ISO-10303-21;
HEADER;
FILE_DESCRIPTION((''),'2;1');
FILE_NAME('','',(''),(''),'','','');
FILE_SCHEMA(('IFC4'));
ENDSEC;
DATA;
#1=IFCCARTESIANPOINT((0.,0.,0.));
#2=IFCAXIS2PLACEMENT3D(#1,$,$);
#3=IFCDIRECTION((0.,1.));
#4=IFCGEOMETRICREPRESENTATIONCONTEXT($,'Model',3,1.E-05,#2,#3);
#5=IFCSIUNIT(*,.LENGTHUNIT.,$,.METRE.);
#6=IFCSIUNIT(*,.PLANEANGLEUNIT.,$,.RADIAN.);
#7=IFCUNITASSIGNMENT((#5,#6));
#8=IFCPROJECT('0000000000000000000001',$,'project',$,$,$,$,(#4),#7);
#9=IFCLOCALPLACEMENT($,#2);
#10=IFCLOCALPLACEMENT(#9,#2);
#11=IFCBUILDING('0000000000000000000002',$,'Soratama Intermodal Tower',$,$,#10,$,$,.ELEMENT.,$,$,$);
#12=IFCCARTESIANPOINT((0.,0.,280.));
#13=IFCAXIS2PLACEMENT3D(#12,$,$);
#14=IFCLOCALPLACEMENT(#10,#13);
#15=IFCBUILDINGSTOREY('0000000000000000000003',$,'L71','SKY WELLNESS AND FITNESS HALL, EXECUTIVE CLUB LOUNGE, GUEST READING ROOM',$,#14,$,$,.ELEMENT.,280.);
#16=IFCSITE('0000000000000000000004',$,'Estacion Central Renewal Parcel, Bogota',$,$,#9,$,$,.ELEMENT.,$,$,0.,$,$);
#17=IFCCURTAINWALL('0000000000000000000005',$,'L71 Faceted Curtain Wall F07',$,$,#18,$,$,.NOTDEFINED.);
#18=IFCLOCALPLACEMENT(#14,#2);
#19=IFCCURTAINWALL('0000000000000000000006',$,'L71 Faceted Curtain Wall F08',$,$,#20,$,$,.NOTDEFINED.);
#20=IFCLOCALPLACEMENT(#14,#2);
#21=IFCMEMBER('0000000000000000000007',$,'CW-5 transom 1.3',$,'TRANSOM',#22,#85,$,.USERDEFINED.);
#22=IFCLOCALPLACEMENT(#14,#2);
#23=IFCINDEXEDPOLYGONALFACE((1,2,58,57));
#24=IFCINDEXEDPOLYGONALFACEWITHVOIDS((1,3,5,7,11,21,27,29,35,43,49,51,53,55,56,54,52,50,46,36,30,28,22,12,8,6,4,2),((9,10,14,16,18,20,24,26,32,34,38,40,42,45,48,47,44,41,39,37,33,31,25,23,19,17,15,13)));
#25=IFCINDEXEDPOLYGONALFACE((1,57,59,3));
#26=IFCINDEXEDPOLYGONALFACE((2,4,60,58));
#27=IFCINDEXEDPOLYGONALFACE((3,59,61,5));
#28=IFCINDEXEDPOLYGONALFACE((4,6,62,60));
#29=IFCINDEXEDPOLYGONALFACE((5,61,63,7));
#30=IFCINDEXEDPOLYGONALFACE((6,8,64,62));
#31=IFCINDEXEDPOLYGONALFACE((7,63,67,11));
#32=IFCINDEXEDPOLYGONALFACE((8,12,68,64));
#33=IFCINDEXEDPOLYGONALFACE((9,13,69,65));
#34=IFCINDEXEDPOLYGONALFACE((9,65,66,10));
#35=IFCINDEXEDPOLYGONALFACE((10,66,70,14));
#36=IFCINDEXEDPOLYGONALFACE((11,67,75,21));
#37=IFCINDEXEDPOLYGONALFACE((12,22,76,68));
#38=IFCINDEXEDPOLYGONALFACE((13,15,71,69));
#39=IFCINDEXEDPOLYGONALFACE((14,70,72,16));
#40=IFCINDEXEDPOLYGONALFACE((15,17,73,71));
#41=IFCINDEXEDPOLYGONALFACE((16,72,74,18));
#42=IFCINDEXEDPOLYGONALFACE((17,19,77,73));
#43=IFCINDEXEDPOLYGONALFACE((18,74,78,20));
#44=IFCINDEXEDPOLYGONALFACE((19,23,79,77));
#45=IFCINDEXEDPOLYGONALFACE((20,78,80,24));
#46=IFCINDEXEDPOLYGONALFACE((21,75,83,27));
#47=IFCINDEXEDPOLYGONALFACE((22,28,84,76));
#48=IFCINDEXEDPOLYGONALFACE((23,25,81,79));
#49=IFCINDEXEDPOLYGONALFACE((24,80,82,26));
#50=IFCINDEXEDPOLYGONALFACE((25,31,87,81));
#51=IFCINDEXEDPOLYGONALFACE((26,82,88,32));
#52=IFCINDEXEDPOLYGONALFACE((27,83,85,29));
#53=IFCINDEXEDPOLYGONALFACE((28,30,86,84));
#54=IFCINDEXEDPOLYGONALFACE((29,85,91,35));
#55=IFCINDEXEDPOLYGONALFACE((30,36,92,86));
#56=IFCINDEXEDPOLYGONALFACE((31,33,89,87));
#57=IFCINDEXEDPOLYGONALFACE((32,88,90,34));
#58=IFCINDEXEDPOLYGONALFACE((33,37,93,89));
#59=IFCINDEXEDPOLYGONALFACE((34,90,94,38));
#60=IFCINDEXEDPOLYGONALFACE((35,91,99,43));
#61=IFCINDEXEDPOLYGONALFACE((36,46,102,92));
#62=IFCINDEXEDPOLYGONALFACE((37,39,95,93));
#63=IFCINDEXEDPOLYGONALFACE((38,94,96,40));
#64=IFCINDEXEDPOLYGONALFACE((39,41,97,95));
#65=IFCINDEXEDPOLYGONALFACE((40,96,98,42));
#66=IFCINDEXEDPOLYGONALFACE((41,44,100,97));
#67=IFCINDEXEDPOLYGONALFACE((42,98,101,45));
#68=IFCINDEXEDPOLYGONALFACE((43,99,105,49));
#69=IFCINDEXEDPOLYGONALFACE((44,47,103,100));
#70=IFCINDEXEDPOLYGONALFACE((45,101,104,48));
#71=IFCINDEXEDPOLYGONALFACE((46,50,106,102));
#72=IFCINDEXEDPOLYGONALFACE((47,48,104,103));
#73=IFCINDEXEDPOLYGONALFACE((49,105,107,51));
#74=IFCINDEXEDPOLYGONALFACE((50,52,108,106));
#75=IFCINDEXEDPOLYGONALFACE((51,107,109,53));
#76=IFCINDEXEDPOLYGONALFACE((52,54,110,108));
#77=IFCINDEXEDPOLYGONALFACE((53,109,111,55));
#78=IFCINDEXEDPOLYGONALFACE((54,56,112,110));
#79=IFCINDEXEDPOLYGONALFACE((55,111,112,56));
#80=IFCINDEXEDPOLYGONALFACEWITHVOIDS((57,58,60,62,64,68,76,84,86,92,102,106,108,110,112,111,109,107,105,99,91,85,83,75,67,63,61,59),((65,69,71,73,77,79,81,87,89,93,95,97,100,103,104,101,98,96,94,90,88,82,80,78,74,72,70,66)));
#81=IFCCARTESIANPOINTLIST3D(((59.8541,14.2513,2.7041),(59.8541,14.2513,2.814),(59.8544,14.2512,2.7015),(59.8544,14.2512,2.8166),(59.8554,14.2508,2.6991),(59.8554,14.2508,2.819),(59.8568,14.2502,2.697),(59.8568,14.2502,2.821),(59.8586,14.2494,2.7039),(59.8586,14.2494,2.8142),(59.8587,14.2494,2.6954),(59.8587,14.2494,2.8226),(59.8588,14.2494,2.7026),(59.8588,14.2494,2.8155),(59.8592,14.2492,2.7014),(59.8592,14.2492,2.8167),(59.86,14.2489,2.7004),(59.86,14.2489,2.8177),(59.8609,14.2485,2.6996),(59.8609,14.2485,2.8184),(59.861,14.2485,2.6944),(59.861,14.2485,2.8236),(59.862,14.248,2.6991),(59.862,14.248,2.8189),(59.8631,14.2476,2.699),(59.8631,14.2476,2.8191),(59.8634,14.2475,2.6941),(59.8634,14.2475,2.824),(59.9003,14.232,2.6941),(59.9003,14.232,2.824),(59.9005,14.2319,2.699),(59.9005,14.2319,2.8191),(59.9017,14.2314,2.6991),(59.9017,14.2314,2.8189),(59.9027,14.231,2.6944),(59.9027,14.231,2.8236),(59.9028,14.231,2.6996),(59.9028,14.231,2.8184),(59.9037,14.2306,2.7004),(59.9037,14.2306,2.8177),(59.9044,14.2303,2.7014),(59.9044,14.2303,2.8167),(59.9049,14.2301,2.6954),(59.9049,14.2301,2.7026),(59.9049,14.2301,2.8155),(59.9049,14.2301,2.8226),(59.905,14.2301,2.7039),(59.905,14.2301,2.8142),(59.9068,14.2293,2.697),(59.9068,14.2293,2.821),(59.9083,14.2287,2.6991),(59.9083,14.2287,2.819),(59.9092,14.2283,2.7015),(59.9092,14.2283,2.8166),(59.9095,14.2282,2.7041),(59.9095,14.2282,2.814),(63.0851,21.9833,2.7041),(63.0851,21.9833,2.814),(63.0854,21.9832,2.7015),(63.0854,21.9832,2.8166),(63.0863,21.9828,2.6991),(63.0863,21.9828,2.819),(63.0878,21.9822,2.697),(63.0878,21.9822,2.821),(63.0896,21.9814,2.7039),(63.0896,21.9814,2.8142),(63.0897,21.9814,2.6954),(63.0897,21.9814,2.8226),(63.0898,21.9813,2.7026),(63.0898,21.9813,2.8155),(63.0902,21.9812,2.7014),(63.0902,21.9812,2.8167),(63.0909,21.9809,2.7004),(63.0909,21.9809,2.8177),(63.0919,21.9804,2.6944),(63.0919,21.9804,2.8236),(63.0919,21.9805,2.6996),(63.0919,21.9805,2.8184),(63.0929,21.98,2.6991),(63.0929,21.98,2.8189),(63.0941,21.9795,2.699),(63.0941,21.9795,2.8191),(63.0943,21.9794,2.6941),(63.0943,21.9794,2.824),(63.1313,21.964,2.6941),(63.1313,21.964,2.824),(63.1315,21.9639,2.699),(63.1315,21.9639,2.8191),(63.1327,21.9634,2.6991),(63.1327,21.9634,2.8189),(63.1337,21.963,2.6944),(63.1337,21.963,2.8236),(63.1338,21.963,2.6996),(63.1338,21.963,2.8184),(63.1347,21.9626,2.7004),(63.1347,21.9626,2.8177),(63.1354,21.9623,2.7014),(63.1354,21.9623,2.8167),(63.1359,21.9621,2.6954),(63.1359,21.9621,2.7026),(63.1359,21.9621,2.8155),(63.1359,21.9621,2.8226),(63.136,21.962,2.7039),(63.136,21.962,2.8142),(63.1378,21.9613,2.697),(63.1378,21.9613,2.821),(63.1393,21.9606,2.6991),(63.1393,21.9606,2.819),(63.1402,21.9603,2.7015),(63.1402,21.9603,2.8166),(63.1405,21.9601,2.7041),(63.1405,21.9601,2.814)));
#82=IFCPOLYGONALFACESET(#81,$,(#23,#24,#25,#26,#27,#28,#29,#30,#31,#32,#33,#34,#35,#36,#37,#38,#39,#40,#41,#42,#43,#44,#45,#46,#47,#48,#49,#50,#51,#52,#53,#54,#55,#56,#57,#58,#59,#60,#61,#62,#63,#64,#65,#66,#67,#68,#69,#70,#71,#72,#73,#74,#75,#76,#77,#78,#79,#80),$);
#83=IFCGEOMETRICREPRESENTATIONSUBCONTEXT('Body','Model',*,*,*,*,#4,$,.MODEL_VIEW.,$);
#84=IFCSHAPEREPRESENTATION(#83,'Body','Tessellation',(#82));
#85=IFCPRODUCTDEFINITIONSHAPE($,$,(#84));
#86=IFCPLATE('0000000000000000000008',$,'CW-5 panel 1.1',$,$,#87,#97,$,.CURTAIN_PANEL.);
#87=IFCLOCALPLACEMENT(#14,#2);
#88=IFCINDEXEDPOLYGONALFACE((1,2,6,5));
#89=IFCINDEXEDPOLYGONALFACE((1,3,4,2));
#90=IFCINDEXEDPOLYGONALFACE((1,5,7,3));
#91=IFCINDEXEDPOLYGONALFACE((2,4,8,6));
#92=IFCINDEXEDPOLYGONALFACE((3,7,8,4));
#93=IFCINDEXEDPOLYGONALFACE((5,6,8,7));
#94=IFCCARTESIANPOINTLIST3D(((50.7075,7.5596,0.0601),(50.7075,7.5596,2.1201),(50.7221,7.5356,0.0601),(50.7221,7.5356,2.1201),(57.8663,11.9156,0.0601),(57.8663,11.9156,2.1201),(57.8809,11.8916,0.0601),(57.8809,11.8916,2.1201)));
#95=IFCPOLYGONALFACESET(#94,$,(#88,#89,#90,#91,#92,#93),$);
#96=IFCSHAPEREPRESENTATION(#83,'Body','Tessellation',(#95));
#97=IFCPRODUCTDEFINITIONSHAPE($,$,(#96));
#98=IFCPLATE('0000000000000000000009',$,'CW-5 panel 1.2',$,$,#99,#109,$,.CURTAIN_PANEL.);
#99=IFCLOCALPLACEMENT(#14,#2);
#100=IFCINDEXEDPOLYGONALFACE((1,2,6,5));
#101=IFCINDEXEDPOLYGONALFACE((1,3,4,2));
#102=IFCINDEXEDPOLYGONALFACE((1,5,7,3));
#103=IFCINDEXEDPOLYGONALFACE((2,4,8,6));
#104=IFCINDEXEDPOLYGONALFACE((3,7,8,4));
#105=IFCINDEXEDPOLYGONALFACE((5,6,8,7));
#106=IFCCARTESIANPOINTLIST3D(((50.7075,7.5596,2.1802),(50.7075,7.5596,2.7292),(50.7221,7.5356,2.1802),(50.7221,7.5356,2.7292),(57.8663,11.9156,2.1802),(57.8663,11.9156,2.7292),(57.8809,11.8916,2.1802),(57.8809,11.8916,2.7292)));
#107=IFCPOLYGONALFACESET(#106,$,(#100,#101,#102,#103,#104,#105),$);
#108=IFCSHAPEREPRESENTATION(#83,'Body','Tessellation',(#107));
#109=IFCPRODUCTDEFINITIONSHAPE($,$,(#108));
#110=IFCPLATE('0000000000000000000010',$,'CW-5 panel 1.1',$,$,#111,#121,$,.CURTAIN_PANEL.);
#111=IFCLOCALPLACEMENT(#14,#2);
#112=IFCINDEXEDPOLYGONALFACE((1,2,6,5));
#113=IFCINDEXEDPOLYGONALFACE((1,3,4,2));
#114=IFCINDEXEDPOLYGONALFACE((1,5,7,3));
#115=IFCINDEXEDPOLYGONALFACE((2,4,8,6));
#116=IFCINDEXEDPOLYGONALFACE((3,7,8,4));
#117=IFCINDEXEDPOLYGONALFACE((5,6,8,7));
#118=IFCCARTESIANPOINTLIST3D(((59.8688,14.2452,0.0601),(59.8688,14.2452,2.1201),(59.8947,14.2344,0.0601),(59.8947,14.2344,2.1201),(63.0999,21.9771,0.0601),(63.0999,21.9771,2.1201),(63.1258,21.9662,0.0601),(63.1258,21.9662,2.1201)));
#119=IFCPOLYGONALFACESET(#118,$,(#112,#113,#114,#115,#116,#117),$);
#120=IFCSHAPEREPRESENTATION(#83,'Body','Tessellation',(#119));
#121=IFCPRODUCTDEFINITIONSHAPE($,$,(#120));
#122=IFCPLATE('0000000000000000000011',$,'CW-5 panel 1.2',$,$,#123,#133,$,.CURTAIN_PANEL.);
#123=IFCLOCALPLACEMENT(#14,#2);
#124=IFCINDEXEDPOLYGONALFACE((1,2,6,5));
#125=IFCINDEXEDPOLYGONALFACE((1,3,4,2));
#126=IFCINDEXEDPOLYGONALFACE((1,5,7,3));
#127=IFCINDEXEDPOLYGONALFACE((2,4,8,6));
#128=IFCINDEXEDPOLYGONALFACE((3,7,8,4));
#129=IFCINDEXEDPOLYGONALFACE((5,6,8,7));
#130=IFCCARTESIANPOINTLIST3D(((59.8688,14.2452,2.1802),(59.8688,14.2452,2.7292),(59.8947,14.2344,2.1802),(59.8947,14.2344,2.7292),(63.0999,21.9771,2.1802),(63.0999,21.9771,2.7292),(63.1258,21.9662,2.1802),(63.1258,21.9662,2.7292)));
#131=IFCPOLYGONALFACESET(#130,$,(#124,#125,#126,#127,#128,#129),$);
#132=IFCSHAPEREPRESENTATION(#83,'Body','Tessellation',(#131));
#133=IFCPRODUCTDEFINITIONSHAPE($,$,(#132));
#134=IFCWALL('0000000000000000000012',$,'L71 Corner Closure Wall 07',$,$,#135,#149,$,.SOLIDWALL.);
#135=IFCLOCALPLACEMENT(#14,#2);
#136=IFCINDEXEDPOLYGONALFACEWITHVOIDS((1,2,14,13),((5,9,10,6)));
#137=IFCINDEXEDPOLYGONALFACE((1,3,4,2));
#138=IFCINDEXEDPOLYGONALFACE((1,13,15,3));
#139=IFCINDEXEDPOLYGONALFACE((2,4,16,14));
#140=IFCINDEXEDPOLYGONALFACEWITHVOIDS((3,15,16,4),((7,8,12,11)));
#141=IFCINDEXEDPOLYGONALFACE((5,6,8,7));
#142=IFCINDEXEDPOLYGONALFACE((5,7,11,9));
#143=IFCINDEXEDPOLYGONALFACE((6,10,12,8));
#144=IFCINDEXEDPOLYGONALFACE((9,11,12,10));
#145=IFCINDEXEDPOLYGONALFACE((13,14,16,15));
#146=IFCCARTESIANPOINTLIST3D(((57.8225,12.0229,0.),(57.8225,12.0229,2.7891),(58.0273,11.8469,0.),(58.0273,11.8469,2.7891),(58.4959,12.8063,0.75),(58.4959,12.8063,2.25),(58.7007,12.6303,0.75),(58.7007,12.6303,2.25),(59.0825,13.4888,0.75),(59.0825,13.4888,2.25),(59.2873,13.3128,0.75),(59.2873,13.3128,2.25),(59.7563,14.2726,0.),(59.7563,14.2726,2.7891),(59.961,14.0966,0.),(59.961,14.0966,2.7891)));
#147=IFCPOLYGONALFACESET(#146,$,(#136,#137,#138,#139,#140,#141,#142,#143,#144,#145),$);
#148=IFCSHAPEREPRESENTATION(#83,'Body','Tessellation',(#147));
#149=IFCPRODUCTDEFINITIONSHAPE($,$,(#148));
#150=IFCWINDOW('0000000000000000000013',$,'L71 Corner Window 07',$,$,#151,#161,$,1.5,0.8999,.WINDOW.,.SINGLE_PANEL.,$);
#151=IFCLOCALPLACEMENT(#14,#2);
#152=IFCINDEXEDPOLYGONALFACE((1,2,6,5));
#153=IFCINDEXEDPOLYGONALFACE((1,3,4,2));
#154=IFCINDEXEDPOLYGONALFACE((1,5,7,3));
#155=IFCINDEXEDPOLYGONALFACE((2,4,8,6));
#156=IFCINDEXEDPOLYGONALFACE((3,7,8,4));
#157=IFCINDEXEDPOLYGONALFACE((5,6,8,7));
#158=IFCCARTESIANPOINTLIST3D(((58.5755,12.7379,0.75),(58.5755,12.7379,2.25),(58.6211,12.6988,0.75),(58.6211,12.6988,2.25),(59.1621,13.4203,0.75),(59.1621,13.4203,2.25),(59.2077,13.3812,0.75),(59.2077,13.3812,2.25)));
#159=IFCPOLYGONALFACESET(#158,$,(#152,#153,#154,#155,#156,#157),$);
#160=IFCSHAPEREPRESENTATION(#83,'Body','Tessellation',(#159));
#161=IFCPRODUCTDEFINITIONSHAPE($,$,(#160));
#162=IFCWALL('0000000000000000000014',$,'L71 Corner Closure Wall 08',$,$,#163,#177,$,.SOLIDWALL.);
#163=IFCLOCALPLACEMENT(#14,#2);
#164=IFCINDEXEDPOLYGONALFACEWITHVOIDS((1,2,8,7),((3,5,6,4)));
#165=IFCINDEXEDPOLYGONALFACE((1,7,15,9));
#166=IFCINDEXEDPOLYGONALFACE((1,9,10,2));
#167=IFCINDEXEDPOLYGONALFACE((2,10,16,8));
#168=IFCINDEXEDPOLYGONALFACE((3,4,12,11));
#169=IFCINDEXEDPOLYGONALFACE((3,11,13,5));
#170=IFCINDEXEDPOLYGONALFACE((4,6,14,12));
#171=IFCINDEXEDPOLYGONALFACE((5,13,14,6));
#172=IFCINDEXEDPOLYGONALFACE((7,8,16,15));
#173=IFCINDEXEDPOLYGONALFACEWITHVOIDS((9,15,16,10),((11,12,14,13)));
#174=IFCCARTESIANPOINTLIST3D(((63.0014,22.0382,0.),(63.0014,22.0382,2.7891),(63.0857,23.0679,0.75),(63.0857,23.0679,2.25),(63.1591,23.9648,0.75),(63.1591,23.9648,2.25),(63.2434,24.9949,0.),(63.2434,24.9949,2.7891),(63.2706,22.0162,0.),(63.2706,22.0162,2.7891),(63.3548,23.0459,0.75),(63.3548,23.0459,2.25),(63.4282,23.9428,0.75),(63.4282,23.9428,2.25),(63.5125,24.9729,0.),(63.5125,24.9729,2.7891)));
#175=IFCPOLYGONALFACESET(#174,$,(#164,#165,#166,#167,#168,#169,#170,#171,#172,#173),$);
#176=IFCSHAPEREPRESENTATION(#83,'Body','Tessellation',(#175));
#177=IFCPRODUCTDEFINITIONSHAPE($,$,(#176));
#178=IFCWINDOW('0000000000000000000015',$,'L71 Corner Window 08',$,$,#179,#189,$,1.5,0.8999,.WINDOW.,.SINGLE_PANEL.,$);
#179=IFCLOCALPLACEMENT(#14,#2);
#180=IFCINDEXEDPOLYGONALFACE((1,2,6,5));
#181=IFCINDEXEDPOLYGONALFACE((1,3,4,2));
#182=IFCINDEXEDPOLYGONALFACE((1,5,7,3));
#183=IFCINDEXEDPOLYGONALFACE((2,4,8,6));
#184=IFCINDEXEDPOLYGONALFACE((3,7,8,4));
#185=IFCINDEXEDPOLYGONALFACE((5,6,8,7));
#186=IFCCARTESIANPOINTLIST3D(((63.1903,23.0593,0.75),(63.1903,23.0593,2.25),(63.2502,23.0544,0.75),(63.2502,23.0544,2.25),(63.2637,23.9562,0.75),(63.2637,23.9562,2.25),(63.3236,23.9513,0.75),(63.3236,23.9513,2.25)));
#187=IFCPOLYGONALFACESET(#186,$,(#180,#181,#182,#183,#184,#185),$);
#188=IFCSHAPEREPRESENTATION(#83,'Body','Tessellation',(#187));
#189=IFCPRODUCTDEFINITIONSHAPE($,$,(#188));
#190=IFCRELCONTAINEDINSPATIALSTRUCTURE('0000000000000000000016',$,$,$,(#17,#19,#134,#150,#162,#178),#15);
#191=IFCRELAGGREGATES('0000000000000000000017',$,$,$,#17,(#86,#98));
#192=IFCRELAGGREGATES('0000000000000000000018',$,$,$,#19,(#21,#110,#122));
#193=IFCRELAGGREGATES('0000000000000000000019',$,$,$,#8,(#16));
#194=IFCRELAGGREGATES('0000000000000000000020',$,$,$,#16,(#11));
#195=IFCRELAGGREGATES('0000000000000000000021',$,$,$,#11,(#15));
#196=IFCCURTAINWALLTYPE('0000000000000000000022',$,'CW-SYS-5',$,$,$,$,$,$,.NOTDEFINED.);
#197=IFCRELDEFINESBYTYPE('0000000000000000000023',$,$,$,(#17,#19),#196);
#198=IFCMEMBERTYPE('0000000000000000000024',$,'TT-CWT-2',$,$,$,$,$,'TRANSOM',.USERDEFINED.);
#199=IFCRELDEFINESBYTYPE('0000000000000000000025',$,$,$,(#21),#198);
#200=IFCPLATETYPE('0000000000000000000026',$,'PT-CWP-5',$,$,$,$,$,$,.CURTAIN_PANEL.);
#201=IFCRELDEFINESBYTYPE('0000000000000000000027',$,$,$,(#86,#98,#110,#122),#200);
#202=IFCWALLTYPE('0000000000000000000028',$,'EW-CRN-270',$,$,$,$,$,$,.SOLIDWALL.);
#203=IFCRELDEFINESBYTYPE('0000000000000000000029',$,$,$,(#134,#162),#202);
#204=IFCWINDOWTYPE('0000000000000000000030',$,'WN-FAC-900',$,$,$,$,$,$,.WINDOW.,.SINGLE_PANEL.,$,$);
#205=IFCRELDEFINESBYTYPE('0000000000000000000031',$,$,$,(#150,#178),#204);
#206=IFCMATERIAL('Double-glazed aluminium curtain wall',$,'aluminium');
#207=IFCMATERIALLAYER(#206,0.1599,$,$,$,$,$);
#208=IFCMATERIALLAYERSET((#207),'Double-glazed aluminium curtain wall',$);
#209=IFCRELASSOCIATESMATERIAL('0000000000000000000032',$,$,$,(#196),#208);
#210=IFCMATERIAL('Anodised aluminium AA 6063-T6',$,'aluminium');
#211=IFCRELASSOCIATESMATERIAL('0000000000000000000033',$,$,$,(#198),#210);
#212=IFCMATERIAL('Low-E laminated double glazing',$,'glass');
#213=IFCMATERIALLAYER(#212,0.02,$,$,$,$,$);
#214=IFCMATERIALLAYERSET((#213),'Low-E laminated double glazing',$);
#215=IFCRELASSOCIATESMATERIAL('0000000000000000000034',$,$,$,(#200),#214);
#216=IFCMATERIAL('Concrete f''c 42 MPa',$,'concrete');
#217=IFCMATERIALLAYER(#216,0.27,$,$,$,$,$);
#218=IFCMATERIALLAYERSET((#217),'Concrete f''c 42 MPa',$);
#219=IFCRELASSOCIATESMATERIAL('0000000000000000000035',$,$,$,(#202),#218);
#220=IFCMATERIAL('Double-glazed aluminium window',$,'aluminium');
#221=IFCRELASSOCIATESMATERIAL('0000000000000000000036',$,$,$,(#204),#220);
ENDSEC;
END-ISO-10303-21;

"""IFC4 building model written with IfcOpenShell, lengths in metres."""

from ifc_helpers import new_model, si_unit, direction, frame, frame_2d, origin, origin_2d, place, context, subcontext, project, spatial, rectangle, hollow_rectangle, extrude, material, layer, layer_set, material_profile, profile_set, type_object, element, fill, aggregate, save


model = new_model("IFC4")

# Units and contexts
model_context = context("Model", 3, precision=1e-05, world=origin(), true_north=direction((0.0, 1.0)))
body_context = subcontext(model_context, "Body", "Model", "MODEL_VIEW")
ifc_project = project(units=[si_unit("LENGTHUNIT", "METRE"), si_unit("PLANEANGLEUNIT", "RADIAN")], contexts=[model_context])

# Site, building, storey
site_placement = place(None, origin())
site = spatial("IfcSite", under=ifc_project, at=site_placement, Name="Estacion Central Renewal Parcel, Bogota", CompositionType="ELEMENT", RefElevation=0.0)
building_placement = place(site_placement, origin())
building = spatial("IfcBuilding", under=site, at=building_placement, Name="Soratama Intermodal Tower", CompositionType="ELEMENT")
storey_placement = place(building_placement, frame((0.0, 0.0, 280.0)))
storey = spatial("IfcBuildingStorey", under=building, at=storey_placement, Name="L71", Description="SKY WELLNESS AND FITNESS HALL, EXECUTIVE CLUB LOUNGE, GUEST READING ROOM", CompositionType="ELEMENT", Elevation=280.0)

# Curtain wall
ifc_material_1 = material(Name="Double-glazed aluminium curtain wall", Category="aluminium")
ifc_layer_1 = layer(ifc_material_1, 0.1599)
ifc_layer_set_1 = layer_set([ifc_layer_1], Name="Double-glazed aluminium curtain wall")
curtain_wall_type = type_object("IfcCurtainWallType", Name="CW-SYS-5", PredefinedType="NOTDEFINED", material=ifc_layer_set_1)
curtain_wall_1_placement = place(storey_placement, origin())
curtain_wall_1 = element("IfcCurtainWall", 1, at=curtain_wall_1_placement, inside=storey, type_object=curtain_wall_type, Name="L71 Faceted Curtain Wall F07", PredefinedType="NOTDEFINED")

# Curtain wall
curtain_wall_2_placement = place(storey_placement, origin())
curtain_wall_2 = element("IfcCurtainWall", 2, at=curtain_wall_2_placement, inside=storey, type_object=curtain_wall_type, Name="L71 Faceted Curtain Wall F08", PredefinedType="NOTDEFINED")

# Member
ifc_material_2 = material(Name="Anodised aluminium AA 6063-T6", Category="aluminium")
ifc_material_profile_1 = material_profile(ifc_material_2, hollow_rectangle(XDim=0.0601, YDim=0.1299, WallThickness=0.0049, InnerFilletRadius=0.0049, OuterFilletRadius=0.01, at=origin_2d()), Name="CWT130X60X5")
ifc_profile_set_1 = profile_set([ifc_material_profile_1], Name="Anodised aluminium AA 6063-T6")
member_type_1 = type_object("IfcMemberType", Name="TT-CWT-2", ElementType="TRANSOM", PredefinedType="USERDEFINED", material=ifc_profile_set_1)
member_1_placement = place(storey_placement, frame((59.8818, 14.2397, 2.759), z_axis=(0.385563, 0.922682, 0.0), x_axis=(-0.922682, 0.385563, 0.0)))
member_1 = element("IfcMember", 3, at=member_1_placement, type_object=member_type_1, Name="CW-5 transom 1.3", ObjectType="TRANSOM", PredefinedType="USERDEFINED", context=body_context, shape_type="SweptSolid", body=[
    extrude(hollow_rectangle(XDim=0.0601, YDim=0.1299, WallThickness=0.0049, InnerFilletRadius=0.0049, OuterFilletRadius=0.01, at=origin_2d()), origin(), (0.0, 0.0, 1.0), 8.3799),
])

# Plates
ifc_material_3 = material(Name="Low-E laminated double glazing", Category="glass")
ifc_layer_2 = layer(ifc_material_3, 0.02)
ifc_layer_set_2 = layer_set([ifc_layer_2], Name="Low-E laminated double glazing")
plate_type = type_object("IfcPlateType", Name="PT-CWP-5", PredefinedType="CURTAIN_PANEL", material=ifc_layer_set_2)
plate_1_placement = place(storey_placement, frame((54.2942, 9.7256, 0.0601), z_axis=(0.0, 0.0, 1.0), x_axis=(0.85428, 0.519813, 0.0)))
plate_1 = element("IfcPlate", 4, at=plate_1_placement, type_object=plate_type, Name="CW-5 panel 1.1", PredefinedType="CURTAIN_PANEL", context=body_context, shape_type="SweptSolid", body=[
    extrude(rectangle(XDim=8.3799, YDim=0.0281, at=origin_2d()), origin(), (0.0, 0.0, 1.0), 2.0601),
])
plate_2_placement = place(storey_placement, frame((54.2942, 9.7256, 2.1802), z_axis=(0.0, 0.0, 1.0), x_axis=(0.85428, 0.519813, 0.0)))
plate_2 = element("IfcPlate", 5, at=plate_2_placement, type_object=plate_type, Name="CW-5 panel 1.2", PredefinedType="CURTAIN_PANEL", context=body_context, shape_type="SweptSolid", body=[
    extrude(rectangle(XDim=8.3799, YDim=0.0281, at=origin_2d()), origin(), (0.0, 0.0, 1.0), 0.5491),
])
aggregate(curtain_wall_1, [plate_1, plate_2])
plate_3_placement = place(storey_placement, frame((61.4973, 18.1057, 0.0601), z_axis=(0.0, 0.0, 1.0), x_axis=(0.385583, 0.922673, 0.0)))
plate_3 = element("IfcPlate", 6, at=plate_3_placement, type_object=plate_type, Name="CW-5 panel 1.1", PredefinedType="CURTAIN_PANEL", context=body_context, shape_type="SweptSolid", body=[
    extrude(rectangle(XDim=8.3799, YDim=0.0281, at=origin_2d()), origin(), (0.0, 0.0, 1.0), 2.0601),
])
plate_4_placement = place(storey_placement, frame((61.4973, 18.1057, 2.1802), z_axis=(0.0, 0.0, 1.0), x_axis=(0.385583, 0.922673, 0.0)))
plate_4 = element("IfcPlate", 7, at=plate_4_placement, type_object=plate_type, Name="CW-5 panel 1.2", PredefinedType="CURTAIN_PANEL", context=body_context, shape_type="SweptSolid", body=[
    extrude(rectangle(XDim=8.3799, YDim=0.0281, at=origin_2d()), origin(), (0.0, 0.0, 1.0), 0.5491),
])
aggregate(curtain_wall_2, [member_1, plate_3, plate_4])

# Walls, openings, windows
ifc_material_4 = material(Name="Concrete f'c 42 MPa", Category="concrete")
ifc_layer_3 = layer(ifc_material_4, 0.27)
ifc_layer_set_3 = layer_set([ifc_layer_3], Name="Concrete f'c 42 MPa")
wall_type_1 = type_object("IfcWallType", Name="EW-CRN-270", PredefinedType="SOLIDWALL", material=ifc_layer_set_3)
wall_1_placement = place(storey_placement, frame((57.9248, 11.9348, 0.0), z_axis=(0.0, 0.0, 1.0), x_axis=(0.651855, 0.758344, 0.0)))
wall_1 = element("IfcWall", 8, at=wall_1_placement, inside=storey, type_object=wall_type_1, Name="L71 Corner Closure Wall 07", PredefinedType="SOLIDWALL", context=body_context, shape_type="SweptSolid", body=[
    extrude(rectangle(XDim=2.9666, YDim=0.27, at=frame_2d((1.4834, 0.0))), origin(), (0.0, 0.0, 1.0), 2.7891),
])
opening_1_placement = place(wall_1_placement, frame((1.0332, 0.0, 0.75)))
opening_1 = element("IfcOpeningElement", 9, at=opening_1_placement, cuts=wall_1, PredefinedType="OPENING", context=body_context, shape_type="SweptSolid", body=[
    extrude(rectangle(XDim=0.8999, YDim=1.5, at=frame_2d((0.45, 0.75))), frame((0.0, 0.145, 0.0), z_axis=(0.0, -1.0, 0.0), x_axis=(1.0, 0.0, 0.0)), (0.0, 0.0, 1.0), 0.29),
])
ifc_material_5 = material(Name="Double-glazed aluminium window", Category="aluminium")
window_type = type_object("IfcWindowType", Name="WN-FAC-900", PartitioningType="SINGLE_PANEL", PredefinedType="WINDOW", material=ifc_material_5)
window_1_placement = place(opening_1_placement, origin())
window_1 = element("IfcWindow", 10, at=window_1_placement, inside=storey, type_object=window_type, Name="L71 Corner Window 07", OverallHeight=1.5, OverallWidth=0.8999, PartitioningType="SINGLE_PANEL", PredefinedType="WINDOW", context=body_context, shape_type="SweptSolid", body=[
    extrude(rectangle(XDim=0.8999, YDim=1.5, at=frame_2d((0.45, 0.75))), frame((0.0, 0.03, 0.0), z_axis=(0.0, -1.0, 0.0), x_axis=(1.0, 0.0, 0.0)), (0.0, 0.0, 1.0), 0.0601),
])
fill(opening_1, window_1)
wall_2_placement = place(storey_placement, frame((63.136, 22.0271, 0.0), z_axis=(0.0, 0.0, 1.0), x_axis=(0.081554, 0.996669, 0.0)))
wall_2 = element("IfcWall", 11, at=wall_2_placement, inside=storey, type_object=wall_type_1, Name="L71 Corner Closure Wall 08", PredefinedType="SOLIDWALL", context=body_context, shape_type="SweptSolid", body=[
    extrude(rectangle(XDim=2.9666, YDim=0.27, at=frame_2d((1.4834, 0.0))), origin(), (0.0, 0.0, 1.0), 2.7891),
])
opening_2_placement = place(wall_2_placement, frame((1.0332, 0.0, 0.75)))
opening_2 = element("IfcOpeningElement", 12, at=opening_2_placement, cuts=wall_2, PredefinedType="OPENING", context=body_context, shape_type="SweptSolid", body=[
    extrude(rectangle(XDim=0.8999, YDim=1.5, at=frame_2d((0.45, 0.75))), frame((0.0, 0.145, 0.0), z_axis=(0.0, -1.0, 0.0), x_axis=(1.0, 0.0, 0.0)), (0.0, 0.0, 1.0), 0.29),
])
window_2_placement = place(opening_2_placement, origin())
window_2 = element("IfcWindow", 13, at=window_2_placement, inside=storey, type_object=window_type, Name="L71 Corner Window 08", OverallHeight=1.5, OverallWidth=0.8999, PartitioningType="SINGLE_PANEL", PredefinedType="WINDOW", context=body_context, shape_type="SweptSolid", body=[
    extrude(rectangle(XDim=0.8999, YDim=1.5, at=frame_2d((0.45, 0.75))), frame((0.0, 0.03, 0.0), z_axis=(0.0, -1.0, 0.0), x_axis=(1.0, 0.0, 0.0)), (0.0, 0.0, 1.0), 0.0601),
])
fill(opening_2, window_2)

save(model, "model.ifc")
